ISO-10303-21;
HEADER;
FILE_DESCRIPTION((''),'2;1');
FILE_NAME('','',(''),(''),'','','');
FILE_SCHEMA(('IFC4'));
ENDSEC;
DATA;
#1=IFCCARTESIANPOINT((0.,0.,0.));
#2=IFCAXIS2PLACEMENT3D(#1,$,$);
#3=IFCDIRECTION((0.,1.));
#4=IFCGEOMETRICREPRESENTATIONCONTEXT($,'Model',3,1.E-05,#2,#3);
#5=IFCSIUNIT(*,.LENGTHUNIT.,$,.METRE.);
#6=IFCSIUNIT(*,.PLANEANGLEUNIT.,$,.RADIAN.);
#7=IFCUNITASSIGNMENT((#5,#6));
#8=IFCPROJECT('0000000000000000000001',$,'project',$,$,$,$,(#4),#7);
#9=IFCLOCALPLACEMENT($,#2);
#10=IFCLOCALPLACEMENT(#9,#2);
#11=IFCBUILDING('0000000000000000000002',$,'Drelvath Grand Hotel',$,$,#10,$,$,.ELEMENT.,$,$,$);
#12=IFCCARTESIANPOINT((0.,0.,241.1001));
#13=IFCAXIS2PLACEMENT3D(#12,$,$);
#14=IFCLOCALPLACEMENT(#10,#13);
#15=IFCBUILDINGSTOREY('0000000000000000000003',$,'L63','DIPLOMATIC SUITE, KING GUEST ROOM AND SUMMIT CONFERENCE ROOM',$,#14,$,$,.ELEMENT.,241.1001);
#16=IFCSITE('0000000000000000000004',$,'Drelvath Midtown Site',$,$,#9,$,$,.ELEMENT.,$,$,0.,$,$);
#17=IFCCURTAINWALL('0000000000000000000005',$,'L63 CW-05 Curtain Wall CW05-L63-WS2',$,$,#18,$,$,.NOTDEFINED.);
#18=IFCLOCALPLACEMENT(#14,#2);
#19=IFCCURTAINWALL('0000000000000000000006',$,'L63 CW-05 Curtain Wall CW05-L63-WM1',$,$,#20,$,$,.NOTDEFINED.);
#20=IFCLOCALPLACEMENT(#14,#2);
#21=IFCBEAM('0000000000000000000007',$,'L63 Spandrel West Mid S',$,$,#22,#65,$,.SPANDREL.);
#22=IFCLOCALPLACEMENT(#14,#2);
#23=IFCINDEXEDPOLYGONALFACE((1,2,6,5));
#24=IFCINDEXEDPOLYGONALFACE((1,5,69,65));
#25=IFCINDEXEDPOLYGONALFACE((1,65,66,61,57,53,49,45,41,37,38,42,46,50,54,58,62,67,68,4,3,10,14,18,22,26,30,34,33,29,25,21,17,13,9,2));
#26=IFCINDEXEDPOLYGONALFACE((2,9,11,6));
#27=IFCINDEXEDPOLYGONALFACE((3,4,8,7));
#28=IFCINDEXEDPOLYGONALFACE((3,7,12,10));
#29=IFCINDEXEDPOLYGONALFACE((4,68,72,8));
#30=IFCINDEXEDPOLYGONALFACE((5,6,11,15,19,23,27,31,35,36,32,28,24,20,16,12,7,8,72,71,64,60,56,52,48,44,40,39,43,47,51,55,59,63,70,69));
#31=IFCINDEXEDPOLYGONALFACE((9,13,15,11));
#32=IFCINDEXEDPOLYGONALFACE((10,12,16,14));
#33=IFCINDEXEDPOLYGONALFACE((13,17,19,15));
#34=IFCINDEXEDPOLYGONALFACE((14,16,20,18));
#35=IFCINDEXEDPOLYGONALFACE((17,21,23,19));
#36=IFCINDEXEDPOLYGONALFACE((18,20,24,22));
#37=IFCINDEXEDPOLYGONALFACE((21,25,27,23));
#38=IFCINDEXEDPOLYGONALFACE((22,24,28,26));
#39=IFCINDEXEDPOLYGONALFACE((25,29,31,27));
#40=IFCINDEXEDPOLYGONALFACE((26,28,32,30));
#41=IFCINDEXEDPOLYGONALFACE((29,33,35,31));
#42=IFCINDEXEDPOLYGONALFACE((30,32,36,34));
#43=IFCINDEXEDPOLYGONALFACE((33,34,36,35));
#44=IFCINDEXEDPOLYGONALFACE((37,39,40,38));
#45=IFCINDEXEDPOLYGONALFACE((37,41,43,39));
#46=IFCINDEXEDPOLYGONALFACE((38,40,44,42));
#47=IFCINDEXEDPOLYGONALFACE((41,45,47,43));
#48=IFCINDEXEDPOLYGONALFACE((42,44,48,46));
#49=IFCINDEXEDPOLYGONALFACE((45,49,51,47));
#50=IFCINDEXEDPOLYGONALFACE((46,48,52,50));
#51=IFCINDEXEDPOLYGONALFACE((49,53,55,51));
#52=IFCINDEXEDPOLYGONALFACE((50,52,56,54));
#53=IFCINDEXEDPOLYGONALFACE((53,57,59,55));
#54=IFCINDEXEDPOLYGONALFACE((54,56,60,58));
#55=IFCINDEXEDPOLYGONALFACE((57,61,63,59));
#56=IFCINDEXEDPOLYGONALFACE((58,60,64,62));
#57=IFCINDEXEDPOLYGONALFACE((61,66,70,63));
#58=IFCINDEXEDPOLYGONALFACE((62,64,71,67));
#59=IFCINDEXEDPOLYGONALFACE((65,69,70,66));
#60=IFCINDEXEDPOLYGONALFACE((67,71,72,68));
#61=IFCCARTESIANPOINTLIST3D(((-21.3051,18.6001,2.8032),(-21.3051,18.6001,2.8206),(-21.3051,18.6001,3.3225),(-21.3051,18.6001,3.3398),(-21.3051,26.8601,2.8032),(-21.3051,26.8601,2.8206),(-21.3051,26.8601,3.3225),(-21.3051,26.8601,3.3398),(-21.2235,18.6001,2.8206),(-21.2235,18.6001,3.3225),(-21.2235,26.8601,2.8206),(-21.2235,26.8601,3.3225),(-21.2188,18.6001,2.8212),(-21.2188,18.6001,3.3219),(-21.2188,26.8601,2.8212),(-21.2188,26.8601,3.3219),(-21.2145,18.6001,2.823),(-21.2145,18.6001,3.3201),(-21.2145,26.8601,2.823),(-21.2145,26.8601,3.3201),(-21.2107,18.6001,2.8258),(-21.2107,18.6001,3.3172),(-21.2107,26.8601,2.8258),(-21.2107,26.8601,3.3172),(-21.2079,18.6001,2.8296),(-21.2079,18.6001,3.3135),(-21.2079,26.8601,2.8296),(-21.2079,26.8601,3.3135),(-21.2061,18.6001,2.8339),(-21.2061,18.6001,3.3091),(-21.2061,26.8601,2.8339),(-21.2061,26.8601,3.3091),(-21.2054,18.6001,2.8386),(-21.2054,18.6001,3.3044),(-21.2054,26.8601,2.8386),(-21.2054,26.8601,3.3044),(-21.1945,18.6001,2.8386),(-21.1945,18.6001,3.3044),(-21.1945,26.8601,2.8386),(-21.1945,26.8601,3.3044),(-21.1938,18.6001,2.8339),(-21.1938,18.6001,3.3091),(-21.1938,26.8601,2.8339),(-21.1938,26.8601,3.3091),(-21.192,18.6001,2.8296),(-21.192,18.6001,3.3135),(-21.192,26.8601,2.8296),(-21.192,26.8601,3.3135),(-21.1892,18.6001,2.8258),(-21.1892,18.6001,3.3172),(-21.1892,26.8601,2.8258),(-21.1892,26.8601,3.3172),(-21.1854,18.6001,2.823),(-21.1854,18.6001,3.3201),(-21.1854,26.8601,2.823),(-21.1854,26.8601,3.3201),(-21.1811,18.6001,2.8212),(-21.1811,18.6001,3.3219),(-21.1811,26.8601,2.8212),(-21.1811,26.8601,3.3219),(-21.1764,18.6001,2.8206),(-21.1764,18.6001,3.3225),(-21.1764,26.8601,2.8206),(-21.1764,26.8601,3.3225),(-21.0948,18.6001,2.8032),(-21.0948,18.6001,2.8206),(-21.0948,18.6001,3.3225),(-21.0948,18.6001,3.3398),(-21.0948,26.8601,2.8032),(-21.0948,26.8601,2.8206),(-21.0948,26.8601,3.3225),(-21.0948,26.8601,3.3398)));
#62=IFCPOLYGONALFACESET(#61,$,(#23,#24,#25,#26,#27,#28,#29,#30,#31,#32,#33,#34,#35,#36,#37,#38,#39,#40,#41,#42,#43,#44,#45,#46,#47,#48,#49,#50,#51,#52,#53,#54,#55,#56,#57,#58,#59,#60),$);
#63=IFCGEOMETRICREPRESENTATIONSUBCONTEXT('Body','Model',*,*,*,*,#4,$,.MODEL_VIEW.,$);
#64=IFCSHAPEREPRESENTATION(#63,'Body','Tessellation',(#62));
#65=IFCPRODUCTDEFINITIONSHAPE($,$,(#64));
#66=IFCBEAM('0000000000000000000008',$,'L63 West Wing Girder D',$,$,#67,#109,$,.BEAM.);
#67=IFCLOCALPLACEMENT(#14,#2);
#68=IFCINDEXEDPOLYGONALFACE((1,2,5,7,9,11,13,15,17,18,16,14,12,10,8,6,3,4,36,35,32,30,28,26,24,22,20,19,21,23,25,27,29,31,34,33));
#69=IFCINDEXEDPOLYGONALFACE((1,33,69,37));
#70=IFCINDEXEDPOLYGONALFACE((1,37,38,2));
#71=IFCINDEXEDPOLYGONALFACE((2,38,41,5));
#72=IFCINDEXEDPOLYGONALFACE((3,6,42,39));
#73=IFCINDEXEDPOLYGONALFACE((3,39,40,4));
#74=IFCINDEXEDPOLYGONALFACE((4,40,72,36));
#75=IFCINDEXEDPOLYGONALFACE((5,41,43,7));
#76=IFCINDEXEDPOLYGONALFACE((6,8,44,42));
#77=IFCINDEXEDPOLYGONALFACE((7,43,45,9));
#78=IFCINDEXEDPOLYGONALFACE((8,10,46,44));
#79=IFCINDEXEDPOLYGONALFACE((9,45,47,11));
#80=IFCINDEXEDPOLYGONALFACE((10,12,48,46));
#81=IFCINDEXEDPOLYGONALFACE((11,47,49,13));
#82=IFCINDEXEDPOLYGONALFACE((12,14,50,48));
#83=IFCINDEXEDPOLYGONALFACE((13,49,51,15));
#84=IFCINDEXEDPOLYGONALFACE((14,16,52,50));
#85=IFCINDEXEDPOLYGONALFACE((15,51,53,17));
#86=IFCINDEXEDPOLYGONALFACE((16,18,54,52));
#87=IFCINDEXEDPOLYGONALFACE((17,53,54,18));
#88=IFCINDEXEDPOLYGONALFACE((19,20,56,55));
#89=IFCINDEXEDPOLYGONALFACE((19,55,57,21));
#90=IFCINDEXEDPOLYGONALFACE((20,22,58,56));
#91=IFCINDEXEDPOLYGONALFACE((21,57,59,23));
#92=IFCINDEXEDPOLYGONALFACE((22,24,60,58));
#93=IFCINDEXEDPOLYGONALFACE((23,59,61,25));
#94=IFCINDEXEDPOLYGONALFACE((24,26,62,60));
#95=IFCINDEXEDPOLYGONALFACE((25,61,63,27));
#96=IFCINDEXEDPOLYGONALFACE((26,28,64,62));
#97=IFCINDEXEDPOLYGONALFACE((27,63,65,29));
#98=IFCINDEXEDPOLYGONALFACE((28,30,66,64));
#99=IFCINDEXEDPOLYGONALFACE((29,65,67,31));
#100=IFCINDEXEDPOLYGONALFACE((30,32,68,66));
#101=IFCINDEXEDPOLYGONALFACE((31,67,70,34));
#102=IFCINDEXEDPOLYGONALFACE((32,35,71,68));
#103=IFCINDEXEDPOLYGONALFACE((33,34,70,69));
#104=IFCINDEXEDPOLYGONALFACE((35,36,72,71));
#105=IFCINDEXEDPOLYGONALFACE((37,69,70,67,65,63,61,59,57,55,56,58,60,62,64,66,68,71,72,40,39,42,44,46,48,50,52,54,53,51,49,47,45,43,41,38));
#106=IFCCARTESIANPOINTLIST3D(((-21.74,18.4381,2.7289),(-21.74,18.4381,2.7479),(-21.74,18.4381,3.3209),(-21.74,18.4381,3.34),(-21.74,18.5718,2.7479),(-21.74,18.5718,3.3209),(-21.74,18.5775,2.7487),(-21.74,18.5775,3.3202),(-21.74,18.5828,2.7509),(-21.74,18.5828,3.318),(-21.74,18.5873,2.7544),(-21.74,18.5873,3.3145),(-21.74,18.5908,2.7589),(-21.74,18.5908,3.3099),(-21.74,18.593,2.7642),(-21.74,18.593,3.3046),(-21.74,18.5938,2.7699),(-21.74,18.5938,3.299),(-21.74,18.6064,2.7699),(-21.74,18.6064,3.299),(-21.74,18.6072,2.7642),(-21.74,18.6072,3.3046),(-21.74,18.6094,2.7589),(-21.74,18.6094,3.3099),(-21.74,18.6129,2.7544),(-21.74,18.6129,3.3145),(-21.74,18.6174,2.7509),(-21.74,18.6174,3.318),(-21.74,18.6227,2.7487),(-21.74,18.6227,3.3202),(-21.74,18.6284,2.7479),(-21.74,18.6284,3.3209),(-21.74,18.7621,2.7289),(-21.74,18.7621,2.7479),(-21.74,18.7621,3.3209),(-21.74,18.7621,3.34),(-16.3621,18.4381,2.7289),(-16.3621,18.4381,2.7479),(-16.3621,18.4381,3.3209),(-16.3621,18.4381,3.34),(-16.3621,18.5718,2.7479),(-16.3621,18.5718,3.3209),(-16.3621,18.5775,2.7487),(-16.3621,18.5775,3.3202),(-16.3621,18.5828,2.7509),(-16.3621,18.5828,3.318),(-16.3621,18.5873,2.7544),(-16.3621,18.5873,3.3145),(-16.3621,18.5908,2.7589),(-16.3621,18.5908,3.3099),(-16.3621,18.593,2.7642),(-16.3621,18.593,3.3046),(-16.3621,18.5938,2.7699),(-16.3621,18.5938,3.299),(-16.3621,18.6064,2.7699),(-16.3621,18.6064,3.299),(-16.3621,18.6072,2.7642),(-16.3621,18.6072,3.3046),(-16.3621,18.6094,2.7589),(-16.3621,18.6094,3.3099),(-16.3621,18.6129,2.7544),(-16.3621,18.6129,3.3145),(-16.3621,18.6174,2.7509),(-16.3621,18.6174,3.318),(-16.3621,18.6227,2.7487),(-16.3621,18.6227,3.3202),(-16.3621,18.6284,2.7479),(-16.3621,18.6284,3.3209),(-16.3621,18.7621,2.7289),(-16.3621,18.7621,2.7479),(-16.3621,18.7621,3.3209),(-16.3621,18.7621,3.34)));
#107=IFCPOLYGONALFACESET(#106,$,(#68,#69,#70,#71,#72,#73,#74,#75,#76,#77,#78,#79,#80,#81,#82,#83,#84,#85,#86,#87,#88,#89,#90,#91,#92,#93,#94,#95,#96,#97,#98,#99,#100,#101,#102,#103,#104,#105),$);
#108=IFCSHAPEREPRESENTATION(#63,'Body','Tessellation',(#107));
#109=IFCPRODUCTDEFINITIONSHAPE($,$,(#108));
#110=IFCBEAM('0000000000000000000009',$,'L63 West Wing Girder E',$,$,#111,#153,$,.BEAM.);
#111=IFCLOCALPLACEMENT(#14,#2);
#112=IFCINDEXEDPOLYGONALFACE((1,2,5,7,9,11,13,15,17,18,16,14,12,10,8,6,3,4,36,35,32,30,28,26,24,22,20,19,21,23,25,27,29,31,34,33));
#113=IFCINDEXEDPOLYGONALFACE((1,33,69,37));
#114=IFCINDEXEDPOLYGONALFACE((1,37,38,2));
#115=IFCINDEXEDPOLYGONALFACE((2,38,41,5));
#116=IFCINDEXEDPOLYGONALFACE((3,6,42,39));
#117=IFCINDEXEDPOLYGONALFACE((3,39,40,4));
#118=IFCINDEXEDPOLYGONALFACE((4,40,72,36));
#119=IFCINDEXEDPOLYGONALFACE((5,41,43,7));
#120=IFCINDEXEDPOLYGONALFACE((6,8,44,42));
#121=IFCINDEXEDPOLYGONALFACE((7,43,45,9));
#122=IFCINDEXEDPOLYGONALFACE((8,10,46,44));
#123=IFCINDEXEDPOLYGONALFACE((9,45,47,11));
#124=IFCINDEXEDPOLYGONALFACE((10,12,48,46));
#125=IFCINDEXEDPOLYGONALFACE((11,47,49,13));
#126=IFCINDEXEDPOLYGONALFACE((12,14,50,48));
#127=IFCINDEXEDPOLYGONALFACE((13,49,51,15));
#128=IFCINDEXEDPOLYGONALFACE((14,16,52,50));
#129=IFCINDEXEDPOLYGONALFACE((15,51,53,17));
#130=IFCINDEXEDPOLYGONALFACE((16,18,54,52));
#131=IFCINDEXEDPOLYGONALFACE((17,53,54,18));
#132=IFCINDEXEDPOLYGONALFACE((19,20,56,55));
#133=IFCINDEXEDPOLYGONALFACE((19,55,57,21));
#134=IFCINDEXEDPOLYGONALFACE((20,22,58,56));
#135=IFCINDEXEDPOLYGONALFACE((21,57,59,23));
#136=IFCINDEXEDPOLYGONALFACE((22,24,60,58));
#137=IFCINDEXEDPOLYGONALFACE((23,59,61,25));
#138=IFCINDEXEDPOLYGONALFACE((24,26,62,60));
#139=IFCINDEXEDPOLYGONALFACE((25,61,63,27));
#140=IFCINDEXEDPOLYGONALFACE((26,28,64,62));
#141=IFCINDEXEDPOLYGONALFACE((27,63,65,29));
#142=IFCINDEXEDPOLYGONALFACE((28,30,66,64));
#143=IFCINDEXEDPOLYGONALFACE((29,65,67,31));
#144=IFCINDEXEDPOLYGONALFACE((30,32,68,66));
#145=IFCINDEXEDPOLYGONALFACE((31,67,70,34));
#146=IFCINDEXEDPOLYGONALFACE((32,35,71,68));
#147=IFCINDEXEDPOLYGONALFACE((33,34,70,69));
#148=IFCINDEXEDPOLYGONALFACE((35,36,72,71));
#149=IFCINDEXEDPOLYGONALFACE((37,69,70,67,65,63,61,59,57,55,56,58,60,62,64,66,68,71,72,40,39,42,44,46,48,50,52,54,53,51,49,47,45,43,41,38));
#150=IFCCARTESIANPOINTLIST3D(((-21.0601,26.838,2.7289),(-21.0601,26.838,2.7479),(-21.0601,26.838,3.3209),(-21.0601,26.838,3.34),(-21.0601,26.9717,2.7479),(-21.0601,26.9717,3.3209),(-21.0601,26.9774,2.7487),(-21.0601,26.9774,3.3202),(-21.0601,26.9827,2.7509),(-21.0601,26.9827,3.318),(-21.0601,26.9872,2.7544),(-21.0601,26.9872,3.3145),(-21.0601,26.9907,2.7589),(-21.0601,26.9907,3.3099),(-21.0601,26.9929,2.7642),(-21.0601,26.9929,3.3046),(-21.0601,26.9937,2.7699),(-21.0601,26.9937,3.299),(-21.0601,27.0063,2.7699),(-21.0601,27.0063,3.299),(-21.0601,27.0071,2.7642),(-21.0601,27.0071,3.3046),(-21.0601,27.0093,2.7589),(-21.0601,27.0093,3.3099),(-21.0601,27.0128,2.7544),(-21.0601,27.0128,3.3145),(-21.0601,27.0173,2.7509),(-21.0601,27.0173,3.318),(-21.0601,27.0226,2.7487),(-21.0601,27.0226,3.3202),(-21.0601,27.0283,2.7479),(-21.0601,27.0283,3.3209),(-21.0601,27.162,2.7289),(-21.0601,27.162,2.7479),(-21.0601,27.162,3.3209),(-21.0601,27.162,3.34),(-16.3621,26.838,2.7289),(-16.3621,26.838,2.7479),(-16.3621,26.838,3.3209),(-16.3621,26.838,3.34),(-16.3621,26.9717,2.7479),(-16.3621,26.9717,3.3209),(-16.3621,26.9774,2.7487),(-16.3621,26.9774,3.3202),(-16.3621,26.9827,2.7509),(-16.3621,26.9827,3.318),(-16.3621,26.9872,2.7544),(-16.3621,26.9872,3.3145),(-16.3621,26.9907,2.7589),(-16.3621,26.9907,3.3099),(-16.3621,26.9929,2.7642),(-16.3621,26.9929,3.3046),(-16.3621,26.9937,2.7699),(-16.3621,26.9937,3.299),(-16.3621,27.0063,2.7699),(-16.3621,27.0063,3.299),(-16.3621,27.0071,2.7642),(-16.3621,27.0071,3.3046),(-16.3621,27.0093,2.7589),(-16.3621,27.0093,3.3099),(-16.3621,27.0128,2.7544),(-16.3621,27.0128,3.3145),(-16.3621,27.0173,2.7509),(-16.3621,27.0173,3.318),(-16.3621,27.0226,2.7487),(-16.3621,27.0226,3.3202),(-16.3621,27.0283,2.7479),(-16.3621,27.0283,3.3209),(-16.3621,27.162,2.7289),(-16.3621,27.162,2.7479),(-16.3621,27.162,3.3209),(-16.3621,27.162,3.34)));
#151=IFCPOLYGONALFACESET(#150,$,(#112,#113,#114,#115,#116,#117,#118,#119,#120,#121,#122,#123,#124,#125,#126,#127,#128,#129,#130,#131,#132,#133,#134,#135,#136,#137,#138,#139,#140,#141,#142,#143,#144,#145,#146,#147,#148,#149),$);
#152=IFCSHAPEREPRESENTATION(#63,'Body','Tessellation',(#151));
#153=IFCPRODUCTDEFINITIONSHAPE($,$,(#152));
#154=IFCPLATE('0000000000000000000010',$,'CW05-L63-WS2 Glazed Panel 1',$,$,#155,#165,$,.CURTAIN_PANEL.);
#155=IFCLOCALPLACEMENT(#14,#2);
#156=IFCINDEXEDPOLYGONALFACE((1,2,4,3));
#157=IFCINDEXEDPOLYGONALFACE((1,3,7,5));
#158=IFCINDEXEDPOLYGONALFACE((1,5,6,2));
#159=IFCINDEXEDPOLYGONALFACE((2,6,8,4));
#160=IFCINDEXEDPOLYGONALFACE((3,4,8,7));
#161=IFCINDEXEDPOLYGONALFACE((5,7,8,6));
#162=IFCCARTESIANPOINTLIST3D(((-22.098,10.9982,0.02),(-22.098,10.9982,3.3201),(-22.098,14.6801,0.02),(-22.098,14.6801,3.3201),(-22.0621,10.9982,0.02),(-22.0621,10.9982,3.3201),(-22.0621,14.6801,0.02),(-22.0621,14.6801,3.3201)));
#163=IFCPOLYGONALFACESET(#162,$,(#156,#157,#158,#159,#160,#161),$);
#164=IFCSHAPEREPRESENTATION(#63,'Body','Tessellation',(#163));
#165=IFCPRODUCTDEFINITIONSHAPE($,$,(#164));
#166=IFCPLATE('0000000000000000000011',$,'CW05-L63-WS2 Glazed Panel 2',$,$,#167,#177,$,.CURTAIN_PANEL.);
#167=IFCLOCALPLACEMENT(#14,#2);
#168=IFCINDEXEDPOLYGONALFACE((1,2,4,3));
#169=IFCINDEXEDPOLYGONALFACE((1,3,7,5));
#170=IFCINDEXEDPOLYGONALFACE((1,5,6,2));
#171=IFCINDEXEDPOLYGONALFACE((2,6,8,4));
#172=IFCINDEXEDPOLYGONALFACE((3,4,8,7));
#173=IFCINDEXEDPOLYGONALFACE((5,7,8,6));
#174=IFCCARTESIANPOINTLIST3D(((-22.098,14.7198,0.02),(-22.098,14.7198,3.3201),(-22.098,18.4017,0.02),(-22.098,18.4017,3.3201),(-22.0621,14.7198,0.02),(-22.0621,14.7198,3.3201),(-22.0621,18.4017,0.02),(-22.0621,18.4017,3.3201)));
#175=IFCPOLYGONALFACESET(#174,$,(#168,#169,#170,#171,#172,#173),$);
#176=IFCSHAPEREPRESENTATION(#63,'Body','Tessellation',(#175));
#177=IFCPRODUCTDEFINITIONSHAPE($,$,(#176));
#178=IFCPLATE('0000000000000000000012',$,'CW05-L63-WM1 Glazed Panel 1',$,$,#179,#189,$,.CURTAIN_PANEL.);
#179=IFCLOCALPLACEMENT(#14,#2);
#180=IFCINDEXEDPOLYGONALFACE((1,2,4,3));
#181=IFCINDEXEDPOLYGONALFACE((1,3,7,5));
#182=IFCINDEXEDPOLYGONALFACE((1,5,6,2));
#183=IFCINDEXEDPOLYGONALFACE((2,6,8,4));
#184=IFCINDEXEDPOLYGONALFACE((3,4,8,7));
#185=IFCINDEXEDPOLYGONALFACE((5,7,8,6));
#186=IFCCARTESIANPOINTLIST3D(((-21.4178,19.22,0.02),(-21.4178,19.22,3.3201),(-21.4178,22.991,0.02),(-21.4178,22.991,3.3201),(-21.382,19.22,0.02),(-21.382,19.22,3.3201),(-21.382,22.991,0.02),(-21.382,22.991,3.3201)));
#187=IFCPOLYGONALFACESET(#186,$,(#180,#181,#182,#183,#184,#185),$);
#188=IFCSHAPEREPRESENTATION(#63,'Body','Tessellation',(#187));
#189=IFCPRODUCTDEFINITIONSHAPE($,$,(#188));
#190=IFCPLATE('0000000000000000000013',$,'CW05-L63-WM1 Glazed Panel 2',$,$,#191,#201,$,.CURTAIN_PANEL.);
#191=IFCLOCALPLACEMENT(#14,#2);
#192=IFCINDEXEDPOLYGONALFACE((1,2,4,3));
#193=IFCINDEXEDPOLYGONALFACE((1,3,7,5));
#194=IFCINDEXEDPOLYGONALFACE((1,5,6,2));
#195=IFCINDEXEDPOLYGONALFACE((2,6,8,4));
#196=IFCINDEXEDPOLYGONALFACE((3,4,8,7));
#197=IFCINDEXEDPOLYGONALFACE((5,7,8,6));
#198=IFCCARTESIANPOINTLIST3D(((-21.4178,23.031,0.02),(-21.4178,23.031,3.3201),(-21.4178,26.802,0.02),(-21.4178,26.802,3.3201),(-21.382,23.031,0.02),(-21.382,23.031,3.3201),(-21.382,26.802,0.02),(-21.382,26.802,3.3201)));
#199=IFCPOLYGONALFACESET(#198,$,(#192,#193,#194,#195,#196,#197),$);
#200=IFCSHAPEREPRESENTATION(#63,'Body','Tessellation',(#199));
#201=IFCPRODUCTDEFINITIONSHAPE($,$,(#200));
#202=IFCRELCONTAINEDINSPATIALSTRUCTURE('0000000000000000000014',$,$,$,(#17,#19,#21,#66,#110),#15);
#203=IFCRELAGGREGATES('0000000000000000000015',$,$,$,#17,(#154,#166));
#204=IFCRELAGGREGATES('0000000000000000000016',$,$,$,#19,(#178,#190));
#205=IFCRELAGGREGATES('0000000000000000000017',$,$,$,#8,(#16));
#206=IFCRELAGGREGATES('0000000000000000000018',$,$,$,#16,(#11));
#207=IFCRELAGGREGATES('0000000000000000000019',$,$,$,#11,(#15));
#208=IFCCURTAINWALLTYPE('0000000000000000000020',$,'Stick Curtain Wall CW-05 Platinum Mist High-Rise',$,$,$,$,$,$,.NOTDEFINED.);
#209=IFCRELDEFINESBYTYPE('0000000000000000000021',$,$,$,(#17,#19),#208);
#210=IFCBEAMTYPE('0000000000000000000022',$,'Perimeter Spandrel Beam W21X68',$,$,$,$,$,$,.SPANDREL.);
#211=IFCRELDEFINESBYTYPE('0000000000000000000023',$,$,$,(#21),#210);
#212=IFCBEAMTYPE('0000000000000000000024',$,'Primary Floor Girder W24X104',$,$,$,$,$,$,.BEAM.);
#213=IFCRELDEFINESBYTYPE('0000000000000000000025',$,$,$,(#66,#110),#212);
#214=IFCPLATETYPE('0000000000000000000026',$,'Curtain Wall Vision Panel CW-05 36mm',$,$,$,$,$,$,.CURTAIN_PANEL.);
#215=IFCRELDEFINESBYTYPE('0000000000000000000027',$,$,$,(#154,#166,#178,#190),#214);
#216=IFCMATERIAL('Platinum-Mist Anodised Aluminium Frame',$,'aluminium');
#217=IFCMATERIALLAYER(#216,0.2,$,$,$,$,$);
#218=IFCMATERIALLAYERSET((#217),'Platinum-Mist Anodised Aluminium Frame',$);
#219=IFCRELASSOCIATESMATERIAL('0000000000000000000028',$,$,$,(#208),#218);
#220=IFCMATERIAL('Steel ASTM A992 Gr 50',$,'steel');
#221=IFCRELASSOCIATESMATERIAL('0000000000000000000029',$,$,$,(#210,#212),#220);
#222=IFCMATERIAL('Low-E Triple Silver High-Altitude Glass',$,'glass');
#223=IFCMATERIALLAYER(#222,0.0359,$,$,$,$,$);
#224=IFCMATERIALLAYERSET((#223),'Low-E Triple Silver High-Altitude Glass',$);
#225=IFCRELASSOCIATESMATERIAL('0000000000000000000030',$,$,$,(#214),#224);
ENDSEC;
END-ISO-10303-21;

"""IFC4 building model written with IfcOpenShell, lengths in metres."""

from ifc_helpers import new_model, si_unit, direction, frame, origin, origin_2d, place, context, subcontext, project, spatial, rectangle, i_section, extrude, material, layer, layer_set, material_profile, profile_set, type_object, element, aggregate, save


model = new_model("IFC4")

# Units and contexts
model_context = context("Model", 3, precision=1e-05, world=origin(), true_north=direction((0.0, 1.0)))
body_context = subcontext(model_context, "Body", "Model", "MODEL_VIEW")
ifc_project = project(units=[si_unit("LENGTHUNIT", "METRE"), si_unit("PLANEANGLEUNIT", "RADIAN")], contexts=[model_context])

# Site, building, storey
site_placement = place(None, origin())
site = spatial("IfcSite", under=ifc_project, at=site_placement, Name="Drelvath Midtown Site", CompositionType="ELEMENT", RefElevation=0.0)
building_placement = place(site_placement, origin())
building = spatial("IfcBuilding", under=site, at=building_placement, Name="Drelvath Grand Hotel", CompositionType="ELEMENT")
storey_placement = place(building_placement, frame((0.0, 0.0, 241.1001)))
storey = spatial("IfcBuildingStorey", under=building, at=storey_placement, Name="L63", Description="DIPLOMATIC SUITE, KING GUEST ROOM AND SUMMIT CONFERENCE ROOM", CompositionType="ELEMENT", Elevation=241.1001)

# Shared definitions
ifc_material_1 = material(Name="Steel ASTM A992 Gr 50", Category="steel")

# Curtain walls
ifc_material_2 = material(Name="Platinum-Mist Anodised Aluminium Frame", Category="aluminium")
ifc_layer_1 = layer(ifc_material_2, 0.2)
ifc_layer_set_1 = layer_set([ifc_layer_1], Name="Platinum-Mist Anodised Aluminium Frame")
curtain_wall_type = type_object("IfcCurtainWallType", Name="Stick Curtain Wall CW-05 Platinum Mist High-Rise", PredefinedType="NOTDEFINED", material=ifc_layer_set_1)
curtain_wall_1_placement = place(storey_placement, origin())
curtain_wall_1 = element("IfcCurtainWall", 1, at=curtain_wall_1_placement, inside=storey, type_object=curtain_wall_type, Name="L63 CW-05 Curtain Wall CW05-L63-WS2", PredefinedType="NOTDEFINED")
curtain_wall_2_placement = place(storey_placement, origin())
curtain_wall_2 = element("IfcCurtainWall", 2, at=curtain_wall_2_placement, inside=storey, type_object=curtain_wall_type, Name="L63 CW-05 Curtain Wall CW05-L63-WM1", PredefinedType="NOTDEFINED")

# Beams
ifc_material_profile_1 = material_profile(ifc_material_1, i_section(OverallWidth=0.2102, OverallDepth=0.5366, WebThickness=0.011, FlangeThickness=0.0173, FilletRadius=0.0181, at=origin_2d()), Name="W21X68")
ifc_profile_set_1 = profile_set([ifc_material_profile_1], Name="Steel ASTM A992 Gr 50")
beam_type_1 = type_object("IfcBeamType", Name="Perimeter Spandrel Beam W21X68", PredefinedType="SPANDREL", material=ifc_profile_set_1)
beam_1_placement = place(storey_placement, frame((-21.2, 18.6001, 3.0715), z_axis=(0.0, 1.0, 0.0), x_axis=(-1.0, 0.0, 0.0)))
element("IfcBeam", 3, at=beam_1_placement, inside=storey, type_object=beam_type_1, Name="L63 Spandrel West Mid S", PredefinedType="SPANDREL", context=body_context, shape_type="SweptSolid", body=[
    extrude(i_section(OverallWidth=0.2102, OverallDepth=0.5366, WebThickness=0.011, FlangeThickness=0.0173, FilletRadius=0.0181, at=origin_2d()), origin(), (0.0, 0.0, 1.0), 8.26),
])
ifc_material_profile_2 = material_profile(ifc_material_1, i_section(OverallWidth=0.324, OverallDepth=0.6111, WebThickness=0.0127, FlangeThickness=0.019, FilletRadius=0.022, at=origin_2d()), Name="W24X104")
ifc_profile_set_2 = profile_set([ifc_material_profile_2], Name="Steel ASTM A992 Gr 50")
beam_type_2 = type_object("IfcBeamType", Name="Primary Floor Girder W24X104", PredefinedType="BEAM", material=ifc_profile_set_2)
beam_2_placement = place(storey_placement, frame((-21.74, 18.6001, 3.0344), z_axis=(1.0, 0.0, 0.0), x_axis=(0.0, 1.0, 0.0)))
element("IfcBeam", 4, at=beam_2_placement, inside=storey, type_object=beam_type_2, Name="L63 West Wing Girder D", PredefinedType="BEAM", context=body_context, shape_type="SweptSolid", body=[
    extrude(i_section(OverallWidth=0.324, OverallDepth=0.6111, WebThickness=0.0127, FlangeThickness=0.019, FilletRadius=0.022, at=origin_2d()), origin(), (0.0, 0.0, 1.0), 5.3779),
])
beam_3_placement = place(storey_placement, frame((-21.0601, 27.0, 3.0344), z_axis=(1.0, 0.0, 0.0), x_axis=(0.0, 1.0, 0.0)))
element("IfcBeam", 5, at=beam_3_placement, inside=storey, type_object=beam_type_2, Name="L63 West Wing Girder E", PredefinedType="BEAM", context=body_context, shape_type="SweptSolid", body=[
    extrude(i_section(OverallWidth=0.324, OverallDepth=0.6111, WebThickness=0.0127, FlangeThickness=0.019, FilletRadius=0.022, at=origin_2d()), origin(), (0.0, 0.0, 1.0), 4.698),
])

# Plates
ifc_material_3 = material(Name="Low-E Triple Silver High-Altitude Glass", Category="glass")
ifc_layer_2 = layer(ifc_material_3, 0.0359)
ifc_layer_set_2 = layer_set([ifc_layer_2], Name="Low-E Triple Silver High-Altitude Glass")
plate_type = type_object("IfcPlateType", Name="Curtain Wall Vision Panel CW-05 36mm", PredefinedType="CURTAIN_PANEL", material=ifc_layer_set_2)
plate_1_placement = place(storey_placement, frame((-22.0801, 12.8391, 0.02), z_axis=(0.0, 0.0, 1.0), x_axis=(0.0, 1.0, 0.0)))
plate_1 = element("IfcPlate", 6, at=plate_1_placement, type_object=plate_type, Name="CW05-L63-WS2 Glazed Panel 1", PredefinedType="CURTAIN_PANEL", context=body_context, shape_type="SweptSolid", body=[
    extrude(rectangle(XDim=3.6819, YDim=0.0359, at=origin_2d()), origin(), (0.0, 0.0, 1.0), 3.3),
])
plate_2_placement = place(storey_placement, frame((-22.0801, 16.5608, 0.02), z_axis=(0.0, 0.0, 1.0), x_axis=(0.0, 1.0, 0.0)))
plate_2 = element("IfcPlate", 7, at=plate_2_placement, type_object=plate_type, Name="CW05-L63-WS2 Glazed Panel 2", PredefinedType="CURTAIN_PANEL", context=body_context, shape_type="SweptSolid", body=[
    extrude(rectangle(XDim=3.6819, YDim=0.0359, at=origin_2d()), origin(), (0.0, 0.0, 1.0), 3.3),
])
aggregate(curtain_wall_1, [plate_1, plate_2])
plate_3_placement = place(storey_placement, frame((-21.3999, 21.1055, 0.02), z_axis=(0.0, 0.0, 1.0), x_axis=(0.0, 1.0, 0.0)))
plate_3 = element("IfcPlate", 8, at=plate_3_placement, type_object=plate_type, Name="CW05-L63-WM1 Glazed Panel 1", PredefinedType="CURTAIN_PANEL", context=body_context, shape_type="SweptSolid", body=[
    extrude(rectangle(XDim=3.771, YDim=0.0359, at=origin_2d()), origin(), (0.0, 0.0, 1.0), 3.3),
])
plate_4_placement = place(storey_placement, frame((-21.3999, 24.9165, 0.02), z_axis=(0.0, 0.0, 1.0), x_axis=(0.0, 1.0, 0.0)))
plate_4 = element("IfcPlate", 9, at=plate_4_placement, type_object=plate_type, Name="CW05-L63-WM1 Glazed Panel 2", PredefinedType="CURTAIN_PANEL", context=body_context, shape_type="SweptSolid", body=[
    extrude(rectangle(XDim=3.771, YDim=0.0359, at=origin_2d()), origin(), (0.0, 0.0, 1.0), 3.3),
])
aggregate(curtain_wall_2, [plate_3, plate_4])

save(model, "model.ifc")
